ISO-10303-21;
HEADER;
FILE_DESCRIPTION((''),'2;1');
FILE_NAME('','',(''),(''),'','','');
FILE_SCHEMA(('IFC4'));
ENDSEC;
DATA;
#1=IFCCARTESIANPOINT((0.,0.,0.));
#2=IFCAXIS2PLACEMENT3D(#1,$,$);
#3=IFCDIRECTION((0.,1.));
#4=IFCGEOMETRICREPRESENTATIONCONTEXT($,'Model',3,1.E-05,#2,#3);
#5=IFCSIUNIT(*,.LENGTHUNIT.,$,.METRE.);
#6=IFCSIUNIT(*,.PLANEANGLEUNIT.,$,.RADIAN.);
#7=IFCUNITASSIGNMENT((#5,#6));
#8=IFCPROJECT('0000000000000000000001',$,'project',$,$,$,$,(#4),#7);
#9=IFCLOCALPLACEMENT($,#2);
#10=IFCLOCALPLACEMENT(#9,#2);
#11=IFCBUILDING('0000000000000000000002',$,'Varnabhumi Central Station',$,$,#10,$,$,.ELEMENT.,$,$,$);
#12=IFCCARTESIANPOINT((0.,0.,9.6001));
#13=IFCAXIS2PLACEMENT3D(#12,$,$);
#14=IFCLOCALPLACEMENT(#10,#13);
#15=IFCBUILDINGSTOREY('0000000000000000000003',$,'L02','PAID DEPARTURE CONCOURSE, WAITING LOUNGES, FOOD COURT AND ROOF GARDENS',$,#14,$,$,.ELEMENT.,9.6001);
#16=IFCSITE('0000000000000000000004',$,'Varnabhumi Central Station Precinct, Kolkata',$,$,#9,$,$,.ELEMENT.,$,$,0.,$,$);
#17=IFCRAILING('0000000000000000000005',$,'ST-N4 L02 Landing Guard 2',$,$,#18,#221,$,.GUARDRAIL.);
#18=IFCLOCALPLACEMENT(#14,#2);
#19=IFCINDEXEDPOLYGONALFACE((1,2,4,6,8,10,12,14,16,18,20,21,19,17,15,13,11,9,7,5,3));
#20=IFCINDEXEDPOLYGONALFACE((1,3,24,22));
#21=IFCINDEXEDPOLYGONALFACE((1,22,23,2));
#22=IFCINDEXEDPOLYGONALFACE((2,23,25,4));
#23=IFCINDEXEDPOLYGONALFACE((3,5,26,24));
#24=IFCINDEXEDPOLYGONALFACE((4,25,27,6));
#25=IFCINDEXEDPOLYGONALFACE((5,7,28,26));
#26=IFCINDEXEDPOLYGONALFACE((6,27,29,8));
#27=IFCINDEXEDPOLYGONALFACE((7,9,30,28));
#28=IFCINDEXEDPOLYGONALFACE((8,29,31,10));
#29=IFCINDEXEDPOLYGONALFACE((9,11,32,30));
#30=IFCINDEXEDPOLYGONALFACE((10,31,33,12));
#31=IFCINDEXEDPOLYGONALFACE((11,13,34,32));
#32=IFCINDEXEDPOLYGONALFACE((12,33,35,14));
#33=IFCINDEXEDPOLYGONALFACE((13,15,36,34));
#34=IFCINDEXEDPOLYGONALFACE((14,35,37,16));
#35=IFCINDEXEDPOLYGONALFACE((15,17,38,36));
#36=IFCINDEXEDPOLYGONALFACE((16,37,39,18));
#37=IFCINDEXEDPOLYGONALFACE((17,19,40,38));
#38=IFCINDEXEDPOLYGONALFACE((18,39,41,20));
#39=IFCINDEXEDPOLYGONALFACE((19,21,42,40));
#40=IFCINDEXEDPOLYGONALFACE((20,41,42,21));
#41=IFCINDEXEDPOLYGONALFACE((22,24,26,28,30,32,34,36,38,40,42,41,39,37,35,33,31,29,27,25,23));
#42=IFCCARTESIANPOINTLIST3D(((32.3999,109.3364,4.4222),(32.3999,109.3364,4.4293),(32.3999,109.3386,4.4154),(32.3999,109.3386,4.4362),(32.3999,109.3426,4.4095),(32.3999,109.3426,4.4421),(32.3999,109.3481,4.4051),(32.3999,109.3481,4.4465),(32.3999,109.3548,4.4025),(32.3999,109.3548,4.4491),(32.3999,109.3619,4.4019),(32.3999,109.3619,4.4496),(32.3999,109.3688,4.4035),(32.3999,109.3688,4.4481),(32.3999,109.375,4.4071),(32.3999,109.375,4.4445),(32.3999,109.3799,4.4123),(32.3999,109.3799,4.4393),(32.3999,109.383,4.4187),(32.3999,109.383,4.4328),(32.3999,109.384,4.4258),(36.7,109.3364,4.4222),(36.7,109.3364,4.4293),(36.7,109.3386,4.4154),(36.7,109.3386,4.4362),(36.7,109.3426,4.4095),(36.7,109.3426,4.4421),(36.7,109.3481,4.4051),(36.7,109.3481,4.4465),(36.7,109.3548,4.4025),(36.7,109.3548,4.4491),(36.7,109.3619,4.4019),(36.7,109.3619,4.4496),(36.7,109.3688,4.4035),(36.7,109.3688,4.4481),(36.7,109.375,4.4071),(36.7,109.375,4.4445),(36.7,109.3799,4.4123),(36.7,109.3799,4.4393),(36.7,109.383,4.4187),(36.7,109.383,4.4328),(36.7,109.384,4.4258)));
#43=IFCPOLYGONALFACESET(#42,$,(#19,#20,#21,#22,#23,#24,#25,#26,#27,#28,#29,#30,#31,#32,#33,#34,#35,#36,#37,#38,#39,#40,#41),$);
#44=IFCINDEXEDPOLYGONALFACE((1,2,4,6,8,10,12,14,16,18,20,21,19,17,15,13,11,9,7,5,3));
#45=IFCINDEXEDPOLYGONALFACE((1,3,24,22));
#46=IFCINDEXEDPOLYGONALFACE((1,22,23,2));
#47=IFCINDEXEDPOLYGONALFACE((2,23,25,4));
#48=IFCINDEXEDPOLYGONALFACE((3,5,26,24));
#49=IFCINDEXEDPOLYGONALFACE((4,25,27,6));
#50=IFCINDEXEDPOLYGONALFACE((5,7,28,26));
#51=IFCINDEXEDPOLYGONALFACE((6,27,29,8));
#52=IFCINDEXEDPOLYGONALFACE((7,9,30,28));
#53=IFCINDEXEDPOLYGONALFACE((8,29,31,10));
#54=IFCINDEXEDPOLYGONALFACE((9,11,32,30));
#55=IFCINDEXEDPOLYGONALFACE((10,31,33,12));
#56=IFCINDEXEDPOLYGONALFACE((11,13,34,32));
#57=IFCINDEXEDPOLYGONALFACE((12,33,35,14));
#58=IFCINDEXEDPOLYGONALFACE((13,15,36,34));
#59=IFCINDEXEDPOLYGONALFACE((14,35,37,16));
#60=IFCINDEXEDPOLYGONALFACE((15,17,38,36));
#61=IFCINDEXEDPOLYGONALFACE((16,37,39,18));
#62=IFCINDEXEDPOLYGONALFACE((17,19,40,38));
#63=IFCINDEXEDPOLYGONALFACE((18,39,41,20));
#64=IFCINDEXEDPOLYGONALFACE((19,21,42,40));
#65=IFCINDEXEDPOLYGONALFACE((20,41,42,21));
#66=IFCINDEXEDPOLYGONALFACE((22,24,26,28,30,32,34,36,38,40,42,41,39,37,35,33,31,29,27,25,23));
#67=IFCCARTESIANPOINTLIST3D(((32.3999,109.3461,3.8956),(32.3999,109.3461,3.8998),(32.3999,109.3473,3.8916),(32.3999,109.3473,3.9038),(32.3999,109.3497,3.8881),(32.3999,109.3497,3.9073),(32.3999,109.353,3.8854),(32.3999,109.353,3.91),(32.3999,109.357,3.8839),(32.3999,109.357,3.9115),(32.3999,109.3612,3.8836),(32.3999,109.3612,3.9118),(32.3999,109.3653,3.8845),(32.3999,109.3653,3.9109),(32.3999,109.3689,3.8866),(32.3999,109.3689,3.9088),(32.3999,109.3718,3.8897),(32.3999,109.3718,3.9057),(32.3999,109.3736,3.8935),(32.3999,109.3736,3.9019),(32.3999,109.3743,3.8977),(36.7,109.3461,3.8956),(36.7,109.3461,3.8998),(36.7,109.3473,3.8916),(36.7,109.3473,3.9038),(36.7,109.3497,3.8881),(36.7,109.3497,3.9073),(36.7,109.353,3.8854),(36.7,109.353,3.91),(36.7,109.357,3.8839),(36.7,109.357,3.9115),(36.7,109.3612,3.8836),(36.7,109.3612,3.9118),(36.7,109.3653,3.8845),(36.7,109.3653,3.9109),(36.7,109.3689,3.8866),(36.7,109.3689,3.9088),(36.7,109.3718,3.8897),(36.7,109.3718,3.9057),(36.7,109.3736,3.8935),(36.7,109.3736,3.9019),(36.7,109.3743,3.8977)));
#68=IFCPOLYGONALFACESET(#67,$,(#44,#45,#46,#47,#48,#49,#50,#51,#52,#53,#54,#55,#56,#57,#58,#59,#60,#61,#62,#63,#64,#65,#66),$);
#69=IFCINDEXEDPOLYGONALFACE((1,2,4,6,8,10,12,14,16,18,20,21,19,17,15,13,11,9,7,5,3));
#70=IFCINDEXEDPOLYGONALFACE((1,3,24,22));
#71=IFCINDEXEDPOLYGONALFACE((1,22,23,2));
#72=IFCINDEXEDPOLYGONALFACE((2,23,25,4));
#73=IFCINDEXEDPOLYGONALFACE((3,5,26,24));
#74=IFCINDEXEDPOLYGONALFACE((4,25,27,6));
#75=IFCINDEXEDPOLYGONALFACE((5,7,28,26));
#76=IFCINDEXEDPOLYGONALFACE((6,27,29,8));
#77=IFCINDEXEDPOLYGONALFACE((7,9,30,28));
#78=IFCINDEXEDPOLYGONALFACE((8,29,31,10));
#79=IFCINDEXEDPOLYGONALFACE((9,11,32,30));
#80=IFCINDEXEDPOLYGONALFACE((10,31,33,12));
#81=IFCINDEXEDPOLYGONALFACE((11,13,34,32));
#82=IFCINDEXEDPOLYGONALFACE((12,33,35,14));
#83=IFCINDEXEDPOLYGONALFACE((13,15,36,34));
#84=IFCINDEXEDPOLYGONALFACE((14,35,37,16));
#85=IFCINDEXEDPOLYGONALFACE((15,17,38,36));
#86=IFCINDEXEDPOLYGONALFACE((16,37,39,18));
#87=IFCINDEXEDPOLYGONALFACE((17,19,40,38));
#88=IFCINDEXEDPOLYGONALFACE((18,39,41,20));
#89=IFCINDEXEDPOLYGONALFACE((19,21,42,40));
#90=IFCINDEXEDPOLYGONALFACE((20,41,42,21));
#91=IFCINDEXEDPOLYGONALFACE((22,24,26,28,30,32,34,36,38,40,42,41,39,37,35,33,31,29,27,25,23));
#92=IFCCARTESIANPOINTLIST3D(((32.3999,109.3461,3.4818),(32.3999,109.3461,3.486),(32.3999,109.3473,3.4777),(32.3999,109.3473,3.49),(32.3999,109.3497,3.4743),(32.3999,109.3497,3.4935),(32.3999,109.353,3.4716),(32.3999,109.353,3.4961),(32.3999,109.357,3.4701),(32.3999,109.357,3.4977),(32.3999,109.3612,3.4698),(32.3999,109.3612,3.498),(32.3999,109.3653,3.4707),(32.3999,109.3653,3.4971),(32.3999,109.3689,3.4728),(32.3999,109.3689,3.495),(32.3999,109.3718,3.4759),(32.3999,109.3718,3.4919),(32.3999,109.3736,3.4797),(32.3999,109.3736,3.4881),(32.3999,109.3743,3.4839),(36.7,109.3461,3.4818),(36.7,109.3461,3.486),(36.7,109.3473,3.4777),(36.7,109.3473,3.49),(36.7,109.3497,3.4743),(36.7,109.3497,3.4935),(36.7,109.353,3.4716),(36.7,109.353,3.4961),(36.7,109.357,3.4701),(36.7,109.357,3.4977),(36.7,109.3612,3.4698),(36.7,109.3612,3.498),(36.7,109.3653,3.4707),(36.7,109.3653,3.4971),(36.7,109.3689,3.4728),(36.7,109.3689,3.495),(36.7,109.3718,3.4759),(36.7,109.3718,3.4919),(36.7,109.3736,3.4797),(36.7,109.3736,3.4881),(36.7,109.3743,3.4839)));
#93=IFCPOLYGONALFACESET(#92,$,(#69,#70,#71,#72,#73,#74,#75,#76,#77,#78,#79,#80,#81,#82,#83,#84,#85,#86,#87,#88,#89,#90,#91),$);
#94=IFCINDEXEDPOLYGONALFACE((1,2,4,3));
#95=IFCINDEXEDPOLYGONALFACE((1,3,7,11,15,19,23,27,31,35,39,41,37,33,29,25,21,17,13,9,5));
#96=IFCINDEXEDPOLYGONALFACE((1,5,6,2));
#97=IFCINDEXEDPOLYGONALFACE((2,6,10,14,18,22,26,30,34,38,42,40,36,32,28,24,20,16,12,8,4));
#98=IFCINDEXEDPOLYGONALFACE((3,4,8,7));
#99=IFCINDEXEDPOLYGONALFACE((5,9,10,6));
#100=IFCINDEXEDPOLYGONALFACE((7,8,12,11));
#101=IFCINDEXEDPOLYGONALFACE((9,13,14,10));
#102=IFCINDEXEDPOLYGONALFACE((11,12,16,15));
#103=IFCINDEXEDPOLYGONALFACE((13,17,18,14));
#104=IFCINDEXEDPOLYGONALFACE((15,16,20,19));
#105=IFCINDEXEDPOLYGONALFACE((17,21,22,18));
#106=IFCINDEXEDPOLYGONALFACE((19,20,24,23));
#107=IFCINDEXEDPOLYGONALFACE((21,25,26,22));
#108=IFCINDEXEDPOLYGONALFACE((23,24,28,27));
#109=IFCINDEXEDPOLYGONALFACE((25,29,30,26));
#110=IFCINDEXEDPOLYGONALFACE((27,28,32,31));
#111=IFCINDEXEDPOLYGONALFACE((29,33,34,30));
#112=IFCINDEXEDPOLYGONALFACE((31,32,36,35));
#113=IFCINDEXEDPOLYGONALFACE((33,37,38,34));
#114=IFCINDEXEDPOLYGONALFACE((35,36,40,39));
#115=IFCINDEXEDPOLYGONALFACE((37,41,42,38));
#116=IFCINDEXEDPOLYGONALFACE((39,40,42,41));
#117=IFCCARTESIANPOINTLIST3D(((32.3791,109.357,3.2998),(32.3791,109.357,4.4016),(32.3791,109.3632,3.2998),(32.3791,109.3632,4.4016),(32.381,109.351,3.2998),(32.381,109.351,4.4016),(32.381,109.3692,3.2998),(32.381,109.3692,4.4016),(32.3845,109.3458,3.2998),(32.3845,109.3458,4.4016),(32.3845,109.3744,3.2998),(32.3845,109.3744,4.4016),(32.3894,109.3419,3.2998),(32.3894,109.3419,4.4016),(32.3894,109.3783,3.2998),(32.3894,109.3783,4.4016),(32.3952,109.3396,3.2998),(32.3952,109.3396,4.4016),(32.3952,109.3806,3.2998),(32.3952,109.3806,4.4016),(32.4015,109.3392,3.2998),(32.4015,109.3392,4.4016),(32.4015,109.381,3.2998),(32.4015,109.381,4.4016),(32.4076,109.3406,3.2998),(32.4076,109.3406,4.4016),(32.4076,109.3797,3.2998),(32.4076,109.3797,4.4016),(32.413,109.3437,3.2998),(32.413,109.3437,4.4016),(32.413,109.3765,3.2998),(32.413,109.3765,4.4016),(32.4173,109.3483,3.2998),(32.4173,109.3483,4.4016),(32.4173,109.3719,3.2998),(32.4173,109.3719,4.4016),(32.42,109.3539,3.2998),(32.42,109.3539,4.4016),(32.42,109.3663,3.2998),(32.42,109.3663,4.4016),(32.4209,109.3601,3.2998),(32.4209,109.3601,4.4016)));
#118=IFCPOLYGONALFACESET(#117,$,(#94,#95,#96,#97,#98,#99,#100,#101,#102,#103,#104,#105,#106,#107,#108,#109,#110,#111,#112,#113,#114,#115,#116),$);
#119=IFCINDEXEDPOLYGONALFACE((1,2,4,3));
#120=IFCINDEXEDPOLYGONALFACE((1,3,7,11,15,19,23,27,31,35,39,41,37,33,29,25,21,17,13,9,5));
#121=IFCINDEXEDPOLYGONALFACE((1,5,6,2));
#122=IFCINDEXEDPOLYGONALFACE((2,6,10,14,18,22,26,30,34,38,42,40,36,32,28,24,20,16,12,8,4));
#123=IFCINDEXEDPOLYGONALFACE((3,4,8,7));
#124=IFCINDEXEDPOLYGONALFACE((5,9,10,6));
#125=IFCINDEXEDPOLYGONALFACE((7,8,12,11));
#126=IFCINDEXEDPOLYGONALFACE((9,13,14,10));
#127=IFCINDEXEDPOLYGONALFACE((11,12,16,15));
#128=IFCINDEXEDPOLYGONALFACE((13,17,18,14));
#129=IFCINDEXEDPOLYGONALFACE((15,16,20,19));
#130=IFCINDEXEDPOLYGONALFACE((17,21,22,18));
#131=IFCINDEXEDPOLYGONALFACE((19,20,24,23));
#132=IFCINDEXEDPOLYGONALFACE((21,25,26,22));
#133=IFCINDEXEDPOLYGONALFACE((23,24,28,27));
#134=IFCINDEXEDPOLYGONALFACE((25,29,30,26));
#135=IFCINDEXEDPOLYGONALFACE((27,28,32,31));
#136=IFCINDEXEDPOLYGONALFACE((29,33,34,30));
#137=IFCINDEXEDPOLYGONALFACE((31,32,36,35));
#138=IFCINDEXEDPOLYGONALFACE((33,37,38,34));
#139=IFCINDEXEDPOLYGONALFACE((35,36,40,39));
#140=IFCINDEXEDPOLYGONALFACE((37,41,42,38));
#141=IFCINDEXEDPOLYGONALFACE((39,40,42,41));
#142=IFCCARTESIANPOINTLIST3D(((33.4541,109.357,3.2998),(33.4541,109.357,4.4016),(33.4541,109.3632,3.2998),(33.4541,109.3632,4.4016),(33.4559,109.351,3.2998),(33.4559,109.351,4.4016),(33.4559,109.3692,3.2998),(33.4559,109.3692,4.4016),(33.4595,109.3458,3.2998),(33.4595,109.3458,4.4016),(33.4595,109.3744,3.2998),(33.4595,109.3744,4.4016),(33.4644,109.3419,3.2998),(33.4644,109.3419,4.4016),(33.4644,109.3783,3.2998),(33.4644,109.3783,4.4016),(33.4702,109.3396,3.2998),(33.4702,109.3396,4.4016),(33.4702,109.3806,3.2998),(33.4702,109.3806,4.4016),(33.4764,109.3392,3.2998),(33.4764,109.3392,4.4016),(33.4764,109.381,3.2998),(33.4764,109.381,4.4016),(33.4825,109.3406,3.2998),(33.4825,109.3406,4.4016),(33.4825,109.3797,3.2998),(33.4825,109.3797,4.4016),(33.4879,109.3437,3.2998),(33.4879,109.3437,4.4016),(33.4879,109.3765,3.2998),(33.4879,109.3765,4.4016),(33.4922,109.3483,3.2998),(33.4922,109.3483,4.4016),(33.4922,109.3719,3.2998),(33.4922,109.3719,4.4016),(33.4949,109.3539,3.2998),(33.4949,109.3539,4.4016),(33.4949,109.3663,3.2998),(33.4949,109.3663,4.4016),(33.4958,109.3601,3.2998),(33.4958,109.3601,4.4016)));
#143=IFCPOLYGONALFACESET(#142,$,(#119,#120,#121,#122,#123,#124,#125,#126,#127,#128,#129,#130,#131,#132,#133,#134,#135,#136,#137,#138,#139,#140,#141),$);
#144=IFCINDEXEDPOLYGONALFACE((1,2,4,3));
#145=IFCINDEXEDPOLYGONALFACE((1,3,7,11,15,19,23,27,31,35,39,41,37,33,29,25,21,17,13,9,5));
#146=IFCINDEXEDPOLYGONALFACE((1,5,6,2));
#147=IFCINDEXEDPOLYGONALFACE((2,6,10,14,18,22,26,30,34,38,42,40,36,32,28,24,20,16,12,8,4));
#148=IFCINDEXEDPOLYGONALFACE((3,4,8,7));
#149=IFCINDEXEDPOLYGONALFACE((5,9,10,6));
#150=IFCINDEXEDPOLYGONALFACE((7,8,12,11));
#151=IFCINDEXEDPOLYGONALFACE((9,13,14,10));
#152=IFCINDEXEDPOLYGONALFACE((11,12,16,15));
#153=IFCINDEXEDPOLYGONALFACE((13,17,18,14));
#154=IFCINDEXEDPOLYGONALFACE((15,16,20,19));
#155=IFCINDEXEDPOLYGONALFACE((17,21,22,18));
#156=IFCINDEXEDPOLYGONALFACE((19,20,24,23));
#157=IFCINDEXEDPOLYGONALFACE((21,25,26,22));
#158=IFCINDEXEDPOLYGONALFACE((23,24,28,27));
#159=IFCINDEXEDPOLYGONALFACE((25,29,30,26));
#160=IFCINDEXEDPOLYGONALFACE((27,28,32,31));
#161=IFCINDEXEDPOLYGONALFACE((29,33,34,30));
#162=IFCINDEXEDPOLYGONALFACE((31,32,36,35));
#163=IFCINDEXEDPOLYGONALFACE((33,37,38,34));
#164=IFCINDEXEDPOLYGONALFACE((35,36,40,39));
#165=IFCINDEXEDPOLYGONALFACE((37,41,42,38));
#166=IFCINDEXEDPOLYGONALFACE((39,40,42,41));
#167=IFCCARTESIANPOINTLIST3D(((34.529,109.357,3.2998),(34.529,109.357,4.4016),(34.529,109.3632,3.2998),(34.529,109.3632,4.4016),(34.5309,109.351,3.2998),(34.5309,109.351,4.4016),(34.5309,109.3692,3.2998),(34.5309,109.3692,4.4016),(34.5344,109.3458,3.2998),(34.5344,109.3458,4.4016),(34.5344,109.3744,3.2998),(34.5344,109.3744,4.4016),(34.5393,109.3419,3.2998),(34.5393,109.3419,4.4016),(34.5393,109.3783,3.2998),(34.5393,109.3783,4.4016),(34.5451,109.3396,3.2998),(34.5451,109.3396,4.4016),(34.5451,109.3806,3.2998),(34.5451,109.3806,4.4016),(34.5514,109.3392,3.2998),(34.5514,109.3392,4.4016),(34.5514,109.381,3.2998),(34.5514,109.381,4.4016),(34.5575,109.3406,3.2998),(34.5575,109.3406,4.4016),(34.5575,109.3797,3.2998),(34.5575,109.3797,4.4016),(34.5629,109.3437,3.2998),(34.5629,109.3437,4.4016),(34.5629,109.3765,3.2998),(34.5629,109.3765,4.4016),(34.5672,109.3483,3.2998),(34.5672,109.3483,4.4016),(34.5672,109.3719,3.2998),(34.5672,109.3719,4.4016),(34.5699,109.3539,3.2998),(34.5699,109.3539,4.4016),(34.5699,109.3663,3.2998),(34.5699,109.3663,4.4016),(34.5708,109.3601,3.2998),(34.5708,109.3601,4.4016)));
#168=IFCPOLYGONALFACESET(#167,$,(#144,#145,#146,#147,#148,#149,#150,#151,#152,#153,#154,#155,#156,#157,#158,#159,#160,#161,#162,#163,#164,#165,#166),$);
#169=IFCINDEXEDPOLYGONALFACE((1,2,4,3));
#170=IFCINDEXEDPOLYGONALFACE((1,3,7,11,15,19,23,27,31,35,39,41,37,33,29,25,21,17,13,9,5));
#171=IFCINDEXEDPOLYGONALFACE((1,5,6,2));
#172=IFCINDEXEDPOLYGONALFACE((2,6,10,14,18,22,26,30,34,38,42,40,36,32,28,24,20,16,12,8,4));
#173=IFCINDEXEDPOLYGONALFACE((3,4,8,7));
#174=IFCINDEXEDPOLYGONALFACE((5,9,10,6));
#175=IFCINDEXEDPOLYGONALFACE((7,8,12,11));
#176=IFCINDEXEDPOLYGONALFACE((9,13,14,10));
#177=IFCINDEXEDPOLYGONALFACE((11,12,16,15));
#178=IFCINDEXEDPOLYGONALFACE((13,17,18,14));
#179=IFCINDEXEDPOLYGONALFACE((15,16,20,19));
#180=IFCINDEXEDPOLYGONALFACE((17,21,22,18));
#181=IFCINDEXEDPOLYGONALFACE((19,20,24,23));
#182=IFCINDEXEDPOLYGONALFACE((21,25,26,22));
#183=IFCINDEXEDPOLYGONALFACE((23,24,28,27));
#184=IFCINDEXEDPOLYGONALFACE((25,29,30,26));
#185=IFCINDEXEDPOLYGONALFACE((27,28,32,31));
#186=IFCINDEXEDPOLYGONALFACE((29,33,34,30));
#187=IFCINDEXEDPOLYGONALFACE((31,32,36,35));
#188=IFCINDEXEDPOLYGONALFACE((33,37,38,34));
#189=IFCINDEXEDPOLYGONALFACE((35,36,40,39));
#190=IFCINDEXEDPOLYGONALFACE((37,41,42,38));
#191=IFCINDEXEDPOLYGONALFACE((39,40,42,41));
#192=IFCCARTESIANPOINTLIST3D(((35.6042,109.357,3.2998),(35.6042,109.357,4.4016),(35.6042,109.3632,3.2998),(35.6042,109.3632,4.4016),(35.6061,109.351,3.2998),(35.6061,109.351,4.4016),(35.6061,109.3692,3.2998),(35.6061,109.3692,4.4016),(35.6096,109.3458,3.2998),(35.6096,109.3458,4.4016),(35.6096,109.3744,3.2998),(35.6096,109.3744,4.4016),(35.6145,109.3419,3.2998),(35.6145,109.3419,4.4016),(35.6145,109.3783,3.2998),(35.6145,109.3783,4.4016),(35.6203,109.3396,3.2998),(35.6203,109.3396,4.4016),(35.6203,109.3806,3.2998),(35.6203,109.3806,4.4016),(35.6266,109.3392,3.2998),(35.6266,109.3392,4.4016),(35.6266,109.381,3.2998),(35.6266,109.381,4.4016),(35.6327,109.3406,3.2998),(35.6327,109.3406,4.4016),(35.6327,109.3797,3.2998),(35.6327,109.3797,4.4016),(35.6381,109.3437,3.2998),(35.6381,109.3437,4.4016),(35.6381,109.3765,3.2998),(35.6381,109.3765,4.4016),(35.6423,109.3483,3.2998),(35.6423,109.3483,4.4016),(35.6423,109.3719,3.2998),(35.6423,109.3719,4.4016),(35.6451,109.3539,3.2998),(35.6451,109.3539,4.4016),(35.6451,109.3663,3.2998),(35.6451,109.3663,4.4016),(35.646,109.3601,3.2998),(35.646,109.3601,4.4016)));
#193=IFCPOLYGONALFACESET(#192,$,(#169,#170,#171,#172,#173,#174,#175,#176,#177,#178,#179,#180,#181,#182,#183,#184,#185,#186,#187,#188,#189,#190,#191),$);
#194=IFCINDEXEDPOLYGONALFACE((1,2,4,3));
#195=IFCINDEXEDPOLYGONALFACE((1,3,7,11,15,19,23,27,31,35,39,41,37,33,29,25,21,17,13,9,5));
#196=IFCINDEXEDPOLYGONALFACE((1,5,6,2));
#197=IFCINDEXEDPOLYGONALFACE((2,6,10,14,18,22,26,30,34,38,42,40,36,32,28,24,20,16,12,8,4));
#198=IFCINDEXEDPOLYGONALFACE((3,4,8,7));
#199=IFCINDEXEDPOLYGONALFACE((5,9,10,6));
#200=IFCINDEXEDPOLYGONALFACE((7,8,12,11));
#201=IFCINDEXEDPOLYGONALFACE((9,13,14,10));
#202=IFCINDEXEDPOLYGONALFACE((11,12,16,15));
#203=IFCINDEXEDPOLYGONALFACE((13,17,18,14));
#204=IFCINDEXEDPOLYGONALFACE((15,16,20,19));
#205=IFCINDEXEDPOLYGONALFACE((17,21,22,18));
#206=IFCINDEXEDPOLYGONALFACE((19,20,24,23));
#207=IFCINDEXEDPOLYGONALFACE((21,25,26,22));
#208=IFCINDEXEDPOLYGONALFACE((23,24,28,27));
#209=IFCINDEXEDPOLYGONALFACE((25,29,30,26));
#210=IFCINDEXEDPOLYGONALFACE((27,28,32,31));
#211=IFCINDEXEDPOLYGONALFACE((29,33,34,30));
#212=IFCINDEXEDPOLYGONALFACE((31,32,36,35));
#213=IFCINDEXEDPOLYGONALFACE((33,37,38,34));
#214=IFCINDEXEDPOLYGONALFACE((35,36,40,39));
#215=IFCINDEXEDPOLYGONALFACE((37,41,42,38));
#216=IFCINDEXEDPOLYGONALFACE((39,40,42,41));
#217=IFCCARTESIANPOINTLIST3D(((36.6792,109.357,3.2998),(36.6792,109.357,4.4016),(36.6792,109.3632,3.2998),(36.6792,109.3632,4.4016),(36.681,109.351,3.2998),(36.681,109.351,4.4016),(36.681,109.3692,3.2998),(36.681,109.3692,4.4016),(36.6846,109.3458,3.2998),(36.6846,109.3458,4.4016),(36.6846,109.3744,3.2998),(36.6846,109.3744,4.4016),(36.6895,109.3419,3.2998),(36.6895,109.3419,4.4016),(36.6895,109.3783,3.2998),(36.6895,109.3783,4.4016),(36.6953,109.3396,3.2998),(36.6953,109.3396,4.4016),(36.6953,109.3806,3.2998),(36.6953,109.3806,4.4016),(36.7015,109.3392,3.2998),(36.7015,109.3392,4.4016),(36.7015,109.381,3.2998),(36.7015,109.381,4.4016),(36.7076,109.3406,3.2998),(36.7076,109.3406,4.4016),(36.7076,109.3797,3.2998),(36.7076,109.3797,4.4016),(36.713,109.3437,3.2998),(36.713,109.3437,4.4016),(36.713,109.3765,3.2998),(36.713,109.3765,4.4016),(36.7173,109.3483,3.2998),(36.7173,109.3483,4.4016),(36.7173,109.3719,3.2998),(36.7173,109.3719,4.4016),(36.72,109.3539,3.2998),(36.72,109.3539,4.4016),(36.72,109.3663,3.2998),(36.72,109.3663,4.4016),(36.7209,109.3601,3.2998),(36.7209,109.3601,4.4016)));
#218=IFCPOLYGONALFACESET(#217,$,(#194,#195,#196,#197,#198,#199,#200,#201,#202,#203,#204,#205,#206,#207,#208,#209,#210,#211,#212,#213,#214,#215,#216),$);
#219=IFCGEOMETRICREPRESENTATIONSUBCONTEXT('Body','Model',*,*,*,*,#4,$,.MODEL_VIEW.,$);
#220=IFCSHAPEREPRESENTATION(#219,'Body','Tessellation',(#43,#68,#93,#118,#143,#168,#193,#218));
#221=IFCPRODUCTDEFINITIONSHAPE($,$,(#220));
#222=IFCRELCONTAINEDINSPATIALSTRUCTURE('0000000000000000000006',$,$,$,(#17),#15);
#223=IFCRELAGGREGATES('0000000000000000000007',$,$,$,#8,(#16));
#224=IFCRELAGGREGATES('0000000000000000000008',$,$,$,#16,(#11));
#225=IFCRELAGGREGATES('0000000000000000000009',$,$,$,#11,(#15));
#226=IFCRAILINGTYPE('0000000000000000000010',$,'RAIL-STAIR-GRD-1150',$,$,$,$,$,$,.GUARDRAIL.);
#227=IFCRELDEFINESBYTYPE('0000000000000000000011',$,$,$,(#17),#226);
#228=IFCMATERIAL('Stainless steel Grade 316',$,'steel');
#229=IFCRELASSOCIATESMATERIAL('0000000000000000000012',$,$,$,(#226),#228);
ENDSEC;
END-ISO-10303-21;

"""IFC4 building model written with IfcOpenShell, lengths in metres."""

from ifc_helpers import new_model, si_unit, direction, frame, origin, origin_2d, place, context, subcontext, project, spatial, circle, extrude, material, type_object, element, save


model = new_model("IFC4")

# Units and contexts
model_context = context("Model", 3, precision=1e-05, world=origin(), true_north=direction((0.0, 1.0)))
body_context = subcontext(model_context, "Body", "Model", "MODEL_VIEW")
ifc_project = project(units=[si_unit("LENGTHUNIT", "METRE"), si_unit("PLANEANGLEUNIT", "RADIAN")], contexts=[model_context])

# Site, building, storey
site_placement = place(None, origin())
site = spatial("IfcSite", under=ifc_project, at=site_placement, Name="Varnabhumi Central Station Precinct, Kolkata", CompositionType="ELEMENT", RefElevation=0.0)
building_placement = place(site_placement, origin())
building = spatial("IfcBuilding", under=site, at=building_placement, Name="Varnabhumi Central Station", CompositionType="ELEMENT")
storey_placement = place(building_placement, frame((0.0, 0.0, 9.6001)))
storey = spatial("IfcBuildingStorey", under=building, at=storey_placement, Name="L02", Description="PAID DEPARTURE CONCOURSE, WAITING LOUNGES, FOOD COURT AND ROOF GARDENS", CompositionType="ELEMENT", Elevation=9.6001)

# Shared definitions
ifc_material_1 = material(Name="Stainless steel Grade 316", Category="steel")

# Railing
railing_type_1 = type_object("IfcRailingType", Name="RAIL-STAIR-GRD-1150", PredefinedType="GUARDRAIL", material=ifc_material_1)
railing_1_placement = place(storey_placement, frame((32.3999, 109.3601, 3.2998)))
element("IfcRailing", 1, at=railing_1_placement, inside=storey, type_object=railing_type_1, Name="ST-N4 L02 Landing Guard 2", PredefinedType="GUARDRAIL", context=body_context, shape_type="SweptSolid", body=[
    extrude(circle(Radius=0.0239, at=origin_2d()), frame((0.0, 0.0, 1.126), z_axis=(1.0, 0.0, 0.0), x_axis=(0.0, 1.0, 0.0)), (0.0, 0.0, 1.0), 4.3),
    extrude(circle(Radius=0.0142, at=origin_2d()), frame((0.0, 0.0, 0.5979), z_axis=(1.0, 0.0, 0.0), x_axis=(0.0, 1.0, 0.0)), (0.0, 0.0, 1.0), 4.3),
    extrude(circle(Radius=0.0142, at=origin_2d()), frame((0.0, 0.0, 0.1841), z_axis=(1.0, 0.0, 0.0), x_axis=(0.0, 1.0, 0.0)), (0.0, 0.0, 1.0), 4.3),
    extrude(circle(Radius=0.021, at=origin_2d()), origin(), (0.0, 0.0, 1.0), 1.1018),
    extrude(circle(Radius=0.021, at=origin_2d()), frame((1.075, 0.0, 0.0)), (0.0, 0.0, 1.0), 1.1018),
    extrude(circle(Radius=0.021, at=origin_2d()), frame((2.1499, 0.0, 0.0)), (0.0, 0.0, 1.0), 1.1018),
    extrude(circle(Radius=0.021, at=origin_2d()), frame((3.2251, 0.0, 0.0)), (0.0, 0.0, 1.0), 1.1018),
    extrude(circle(Radius=0.021, at=origin_2d()), frame((4.3, 0.0, 0.0)), (0.0, 0.0, 1.0), 1.1018),
])

save(model, "model.ifc")
